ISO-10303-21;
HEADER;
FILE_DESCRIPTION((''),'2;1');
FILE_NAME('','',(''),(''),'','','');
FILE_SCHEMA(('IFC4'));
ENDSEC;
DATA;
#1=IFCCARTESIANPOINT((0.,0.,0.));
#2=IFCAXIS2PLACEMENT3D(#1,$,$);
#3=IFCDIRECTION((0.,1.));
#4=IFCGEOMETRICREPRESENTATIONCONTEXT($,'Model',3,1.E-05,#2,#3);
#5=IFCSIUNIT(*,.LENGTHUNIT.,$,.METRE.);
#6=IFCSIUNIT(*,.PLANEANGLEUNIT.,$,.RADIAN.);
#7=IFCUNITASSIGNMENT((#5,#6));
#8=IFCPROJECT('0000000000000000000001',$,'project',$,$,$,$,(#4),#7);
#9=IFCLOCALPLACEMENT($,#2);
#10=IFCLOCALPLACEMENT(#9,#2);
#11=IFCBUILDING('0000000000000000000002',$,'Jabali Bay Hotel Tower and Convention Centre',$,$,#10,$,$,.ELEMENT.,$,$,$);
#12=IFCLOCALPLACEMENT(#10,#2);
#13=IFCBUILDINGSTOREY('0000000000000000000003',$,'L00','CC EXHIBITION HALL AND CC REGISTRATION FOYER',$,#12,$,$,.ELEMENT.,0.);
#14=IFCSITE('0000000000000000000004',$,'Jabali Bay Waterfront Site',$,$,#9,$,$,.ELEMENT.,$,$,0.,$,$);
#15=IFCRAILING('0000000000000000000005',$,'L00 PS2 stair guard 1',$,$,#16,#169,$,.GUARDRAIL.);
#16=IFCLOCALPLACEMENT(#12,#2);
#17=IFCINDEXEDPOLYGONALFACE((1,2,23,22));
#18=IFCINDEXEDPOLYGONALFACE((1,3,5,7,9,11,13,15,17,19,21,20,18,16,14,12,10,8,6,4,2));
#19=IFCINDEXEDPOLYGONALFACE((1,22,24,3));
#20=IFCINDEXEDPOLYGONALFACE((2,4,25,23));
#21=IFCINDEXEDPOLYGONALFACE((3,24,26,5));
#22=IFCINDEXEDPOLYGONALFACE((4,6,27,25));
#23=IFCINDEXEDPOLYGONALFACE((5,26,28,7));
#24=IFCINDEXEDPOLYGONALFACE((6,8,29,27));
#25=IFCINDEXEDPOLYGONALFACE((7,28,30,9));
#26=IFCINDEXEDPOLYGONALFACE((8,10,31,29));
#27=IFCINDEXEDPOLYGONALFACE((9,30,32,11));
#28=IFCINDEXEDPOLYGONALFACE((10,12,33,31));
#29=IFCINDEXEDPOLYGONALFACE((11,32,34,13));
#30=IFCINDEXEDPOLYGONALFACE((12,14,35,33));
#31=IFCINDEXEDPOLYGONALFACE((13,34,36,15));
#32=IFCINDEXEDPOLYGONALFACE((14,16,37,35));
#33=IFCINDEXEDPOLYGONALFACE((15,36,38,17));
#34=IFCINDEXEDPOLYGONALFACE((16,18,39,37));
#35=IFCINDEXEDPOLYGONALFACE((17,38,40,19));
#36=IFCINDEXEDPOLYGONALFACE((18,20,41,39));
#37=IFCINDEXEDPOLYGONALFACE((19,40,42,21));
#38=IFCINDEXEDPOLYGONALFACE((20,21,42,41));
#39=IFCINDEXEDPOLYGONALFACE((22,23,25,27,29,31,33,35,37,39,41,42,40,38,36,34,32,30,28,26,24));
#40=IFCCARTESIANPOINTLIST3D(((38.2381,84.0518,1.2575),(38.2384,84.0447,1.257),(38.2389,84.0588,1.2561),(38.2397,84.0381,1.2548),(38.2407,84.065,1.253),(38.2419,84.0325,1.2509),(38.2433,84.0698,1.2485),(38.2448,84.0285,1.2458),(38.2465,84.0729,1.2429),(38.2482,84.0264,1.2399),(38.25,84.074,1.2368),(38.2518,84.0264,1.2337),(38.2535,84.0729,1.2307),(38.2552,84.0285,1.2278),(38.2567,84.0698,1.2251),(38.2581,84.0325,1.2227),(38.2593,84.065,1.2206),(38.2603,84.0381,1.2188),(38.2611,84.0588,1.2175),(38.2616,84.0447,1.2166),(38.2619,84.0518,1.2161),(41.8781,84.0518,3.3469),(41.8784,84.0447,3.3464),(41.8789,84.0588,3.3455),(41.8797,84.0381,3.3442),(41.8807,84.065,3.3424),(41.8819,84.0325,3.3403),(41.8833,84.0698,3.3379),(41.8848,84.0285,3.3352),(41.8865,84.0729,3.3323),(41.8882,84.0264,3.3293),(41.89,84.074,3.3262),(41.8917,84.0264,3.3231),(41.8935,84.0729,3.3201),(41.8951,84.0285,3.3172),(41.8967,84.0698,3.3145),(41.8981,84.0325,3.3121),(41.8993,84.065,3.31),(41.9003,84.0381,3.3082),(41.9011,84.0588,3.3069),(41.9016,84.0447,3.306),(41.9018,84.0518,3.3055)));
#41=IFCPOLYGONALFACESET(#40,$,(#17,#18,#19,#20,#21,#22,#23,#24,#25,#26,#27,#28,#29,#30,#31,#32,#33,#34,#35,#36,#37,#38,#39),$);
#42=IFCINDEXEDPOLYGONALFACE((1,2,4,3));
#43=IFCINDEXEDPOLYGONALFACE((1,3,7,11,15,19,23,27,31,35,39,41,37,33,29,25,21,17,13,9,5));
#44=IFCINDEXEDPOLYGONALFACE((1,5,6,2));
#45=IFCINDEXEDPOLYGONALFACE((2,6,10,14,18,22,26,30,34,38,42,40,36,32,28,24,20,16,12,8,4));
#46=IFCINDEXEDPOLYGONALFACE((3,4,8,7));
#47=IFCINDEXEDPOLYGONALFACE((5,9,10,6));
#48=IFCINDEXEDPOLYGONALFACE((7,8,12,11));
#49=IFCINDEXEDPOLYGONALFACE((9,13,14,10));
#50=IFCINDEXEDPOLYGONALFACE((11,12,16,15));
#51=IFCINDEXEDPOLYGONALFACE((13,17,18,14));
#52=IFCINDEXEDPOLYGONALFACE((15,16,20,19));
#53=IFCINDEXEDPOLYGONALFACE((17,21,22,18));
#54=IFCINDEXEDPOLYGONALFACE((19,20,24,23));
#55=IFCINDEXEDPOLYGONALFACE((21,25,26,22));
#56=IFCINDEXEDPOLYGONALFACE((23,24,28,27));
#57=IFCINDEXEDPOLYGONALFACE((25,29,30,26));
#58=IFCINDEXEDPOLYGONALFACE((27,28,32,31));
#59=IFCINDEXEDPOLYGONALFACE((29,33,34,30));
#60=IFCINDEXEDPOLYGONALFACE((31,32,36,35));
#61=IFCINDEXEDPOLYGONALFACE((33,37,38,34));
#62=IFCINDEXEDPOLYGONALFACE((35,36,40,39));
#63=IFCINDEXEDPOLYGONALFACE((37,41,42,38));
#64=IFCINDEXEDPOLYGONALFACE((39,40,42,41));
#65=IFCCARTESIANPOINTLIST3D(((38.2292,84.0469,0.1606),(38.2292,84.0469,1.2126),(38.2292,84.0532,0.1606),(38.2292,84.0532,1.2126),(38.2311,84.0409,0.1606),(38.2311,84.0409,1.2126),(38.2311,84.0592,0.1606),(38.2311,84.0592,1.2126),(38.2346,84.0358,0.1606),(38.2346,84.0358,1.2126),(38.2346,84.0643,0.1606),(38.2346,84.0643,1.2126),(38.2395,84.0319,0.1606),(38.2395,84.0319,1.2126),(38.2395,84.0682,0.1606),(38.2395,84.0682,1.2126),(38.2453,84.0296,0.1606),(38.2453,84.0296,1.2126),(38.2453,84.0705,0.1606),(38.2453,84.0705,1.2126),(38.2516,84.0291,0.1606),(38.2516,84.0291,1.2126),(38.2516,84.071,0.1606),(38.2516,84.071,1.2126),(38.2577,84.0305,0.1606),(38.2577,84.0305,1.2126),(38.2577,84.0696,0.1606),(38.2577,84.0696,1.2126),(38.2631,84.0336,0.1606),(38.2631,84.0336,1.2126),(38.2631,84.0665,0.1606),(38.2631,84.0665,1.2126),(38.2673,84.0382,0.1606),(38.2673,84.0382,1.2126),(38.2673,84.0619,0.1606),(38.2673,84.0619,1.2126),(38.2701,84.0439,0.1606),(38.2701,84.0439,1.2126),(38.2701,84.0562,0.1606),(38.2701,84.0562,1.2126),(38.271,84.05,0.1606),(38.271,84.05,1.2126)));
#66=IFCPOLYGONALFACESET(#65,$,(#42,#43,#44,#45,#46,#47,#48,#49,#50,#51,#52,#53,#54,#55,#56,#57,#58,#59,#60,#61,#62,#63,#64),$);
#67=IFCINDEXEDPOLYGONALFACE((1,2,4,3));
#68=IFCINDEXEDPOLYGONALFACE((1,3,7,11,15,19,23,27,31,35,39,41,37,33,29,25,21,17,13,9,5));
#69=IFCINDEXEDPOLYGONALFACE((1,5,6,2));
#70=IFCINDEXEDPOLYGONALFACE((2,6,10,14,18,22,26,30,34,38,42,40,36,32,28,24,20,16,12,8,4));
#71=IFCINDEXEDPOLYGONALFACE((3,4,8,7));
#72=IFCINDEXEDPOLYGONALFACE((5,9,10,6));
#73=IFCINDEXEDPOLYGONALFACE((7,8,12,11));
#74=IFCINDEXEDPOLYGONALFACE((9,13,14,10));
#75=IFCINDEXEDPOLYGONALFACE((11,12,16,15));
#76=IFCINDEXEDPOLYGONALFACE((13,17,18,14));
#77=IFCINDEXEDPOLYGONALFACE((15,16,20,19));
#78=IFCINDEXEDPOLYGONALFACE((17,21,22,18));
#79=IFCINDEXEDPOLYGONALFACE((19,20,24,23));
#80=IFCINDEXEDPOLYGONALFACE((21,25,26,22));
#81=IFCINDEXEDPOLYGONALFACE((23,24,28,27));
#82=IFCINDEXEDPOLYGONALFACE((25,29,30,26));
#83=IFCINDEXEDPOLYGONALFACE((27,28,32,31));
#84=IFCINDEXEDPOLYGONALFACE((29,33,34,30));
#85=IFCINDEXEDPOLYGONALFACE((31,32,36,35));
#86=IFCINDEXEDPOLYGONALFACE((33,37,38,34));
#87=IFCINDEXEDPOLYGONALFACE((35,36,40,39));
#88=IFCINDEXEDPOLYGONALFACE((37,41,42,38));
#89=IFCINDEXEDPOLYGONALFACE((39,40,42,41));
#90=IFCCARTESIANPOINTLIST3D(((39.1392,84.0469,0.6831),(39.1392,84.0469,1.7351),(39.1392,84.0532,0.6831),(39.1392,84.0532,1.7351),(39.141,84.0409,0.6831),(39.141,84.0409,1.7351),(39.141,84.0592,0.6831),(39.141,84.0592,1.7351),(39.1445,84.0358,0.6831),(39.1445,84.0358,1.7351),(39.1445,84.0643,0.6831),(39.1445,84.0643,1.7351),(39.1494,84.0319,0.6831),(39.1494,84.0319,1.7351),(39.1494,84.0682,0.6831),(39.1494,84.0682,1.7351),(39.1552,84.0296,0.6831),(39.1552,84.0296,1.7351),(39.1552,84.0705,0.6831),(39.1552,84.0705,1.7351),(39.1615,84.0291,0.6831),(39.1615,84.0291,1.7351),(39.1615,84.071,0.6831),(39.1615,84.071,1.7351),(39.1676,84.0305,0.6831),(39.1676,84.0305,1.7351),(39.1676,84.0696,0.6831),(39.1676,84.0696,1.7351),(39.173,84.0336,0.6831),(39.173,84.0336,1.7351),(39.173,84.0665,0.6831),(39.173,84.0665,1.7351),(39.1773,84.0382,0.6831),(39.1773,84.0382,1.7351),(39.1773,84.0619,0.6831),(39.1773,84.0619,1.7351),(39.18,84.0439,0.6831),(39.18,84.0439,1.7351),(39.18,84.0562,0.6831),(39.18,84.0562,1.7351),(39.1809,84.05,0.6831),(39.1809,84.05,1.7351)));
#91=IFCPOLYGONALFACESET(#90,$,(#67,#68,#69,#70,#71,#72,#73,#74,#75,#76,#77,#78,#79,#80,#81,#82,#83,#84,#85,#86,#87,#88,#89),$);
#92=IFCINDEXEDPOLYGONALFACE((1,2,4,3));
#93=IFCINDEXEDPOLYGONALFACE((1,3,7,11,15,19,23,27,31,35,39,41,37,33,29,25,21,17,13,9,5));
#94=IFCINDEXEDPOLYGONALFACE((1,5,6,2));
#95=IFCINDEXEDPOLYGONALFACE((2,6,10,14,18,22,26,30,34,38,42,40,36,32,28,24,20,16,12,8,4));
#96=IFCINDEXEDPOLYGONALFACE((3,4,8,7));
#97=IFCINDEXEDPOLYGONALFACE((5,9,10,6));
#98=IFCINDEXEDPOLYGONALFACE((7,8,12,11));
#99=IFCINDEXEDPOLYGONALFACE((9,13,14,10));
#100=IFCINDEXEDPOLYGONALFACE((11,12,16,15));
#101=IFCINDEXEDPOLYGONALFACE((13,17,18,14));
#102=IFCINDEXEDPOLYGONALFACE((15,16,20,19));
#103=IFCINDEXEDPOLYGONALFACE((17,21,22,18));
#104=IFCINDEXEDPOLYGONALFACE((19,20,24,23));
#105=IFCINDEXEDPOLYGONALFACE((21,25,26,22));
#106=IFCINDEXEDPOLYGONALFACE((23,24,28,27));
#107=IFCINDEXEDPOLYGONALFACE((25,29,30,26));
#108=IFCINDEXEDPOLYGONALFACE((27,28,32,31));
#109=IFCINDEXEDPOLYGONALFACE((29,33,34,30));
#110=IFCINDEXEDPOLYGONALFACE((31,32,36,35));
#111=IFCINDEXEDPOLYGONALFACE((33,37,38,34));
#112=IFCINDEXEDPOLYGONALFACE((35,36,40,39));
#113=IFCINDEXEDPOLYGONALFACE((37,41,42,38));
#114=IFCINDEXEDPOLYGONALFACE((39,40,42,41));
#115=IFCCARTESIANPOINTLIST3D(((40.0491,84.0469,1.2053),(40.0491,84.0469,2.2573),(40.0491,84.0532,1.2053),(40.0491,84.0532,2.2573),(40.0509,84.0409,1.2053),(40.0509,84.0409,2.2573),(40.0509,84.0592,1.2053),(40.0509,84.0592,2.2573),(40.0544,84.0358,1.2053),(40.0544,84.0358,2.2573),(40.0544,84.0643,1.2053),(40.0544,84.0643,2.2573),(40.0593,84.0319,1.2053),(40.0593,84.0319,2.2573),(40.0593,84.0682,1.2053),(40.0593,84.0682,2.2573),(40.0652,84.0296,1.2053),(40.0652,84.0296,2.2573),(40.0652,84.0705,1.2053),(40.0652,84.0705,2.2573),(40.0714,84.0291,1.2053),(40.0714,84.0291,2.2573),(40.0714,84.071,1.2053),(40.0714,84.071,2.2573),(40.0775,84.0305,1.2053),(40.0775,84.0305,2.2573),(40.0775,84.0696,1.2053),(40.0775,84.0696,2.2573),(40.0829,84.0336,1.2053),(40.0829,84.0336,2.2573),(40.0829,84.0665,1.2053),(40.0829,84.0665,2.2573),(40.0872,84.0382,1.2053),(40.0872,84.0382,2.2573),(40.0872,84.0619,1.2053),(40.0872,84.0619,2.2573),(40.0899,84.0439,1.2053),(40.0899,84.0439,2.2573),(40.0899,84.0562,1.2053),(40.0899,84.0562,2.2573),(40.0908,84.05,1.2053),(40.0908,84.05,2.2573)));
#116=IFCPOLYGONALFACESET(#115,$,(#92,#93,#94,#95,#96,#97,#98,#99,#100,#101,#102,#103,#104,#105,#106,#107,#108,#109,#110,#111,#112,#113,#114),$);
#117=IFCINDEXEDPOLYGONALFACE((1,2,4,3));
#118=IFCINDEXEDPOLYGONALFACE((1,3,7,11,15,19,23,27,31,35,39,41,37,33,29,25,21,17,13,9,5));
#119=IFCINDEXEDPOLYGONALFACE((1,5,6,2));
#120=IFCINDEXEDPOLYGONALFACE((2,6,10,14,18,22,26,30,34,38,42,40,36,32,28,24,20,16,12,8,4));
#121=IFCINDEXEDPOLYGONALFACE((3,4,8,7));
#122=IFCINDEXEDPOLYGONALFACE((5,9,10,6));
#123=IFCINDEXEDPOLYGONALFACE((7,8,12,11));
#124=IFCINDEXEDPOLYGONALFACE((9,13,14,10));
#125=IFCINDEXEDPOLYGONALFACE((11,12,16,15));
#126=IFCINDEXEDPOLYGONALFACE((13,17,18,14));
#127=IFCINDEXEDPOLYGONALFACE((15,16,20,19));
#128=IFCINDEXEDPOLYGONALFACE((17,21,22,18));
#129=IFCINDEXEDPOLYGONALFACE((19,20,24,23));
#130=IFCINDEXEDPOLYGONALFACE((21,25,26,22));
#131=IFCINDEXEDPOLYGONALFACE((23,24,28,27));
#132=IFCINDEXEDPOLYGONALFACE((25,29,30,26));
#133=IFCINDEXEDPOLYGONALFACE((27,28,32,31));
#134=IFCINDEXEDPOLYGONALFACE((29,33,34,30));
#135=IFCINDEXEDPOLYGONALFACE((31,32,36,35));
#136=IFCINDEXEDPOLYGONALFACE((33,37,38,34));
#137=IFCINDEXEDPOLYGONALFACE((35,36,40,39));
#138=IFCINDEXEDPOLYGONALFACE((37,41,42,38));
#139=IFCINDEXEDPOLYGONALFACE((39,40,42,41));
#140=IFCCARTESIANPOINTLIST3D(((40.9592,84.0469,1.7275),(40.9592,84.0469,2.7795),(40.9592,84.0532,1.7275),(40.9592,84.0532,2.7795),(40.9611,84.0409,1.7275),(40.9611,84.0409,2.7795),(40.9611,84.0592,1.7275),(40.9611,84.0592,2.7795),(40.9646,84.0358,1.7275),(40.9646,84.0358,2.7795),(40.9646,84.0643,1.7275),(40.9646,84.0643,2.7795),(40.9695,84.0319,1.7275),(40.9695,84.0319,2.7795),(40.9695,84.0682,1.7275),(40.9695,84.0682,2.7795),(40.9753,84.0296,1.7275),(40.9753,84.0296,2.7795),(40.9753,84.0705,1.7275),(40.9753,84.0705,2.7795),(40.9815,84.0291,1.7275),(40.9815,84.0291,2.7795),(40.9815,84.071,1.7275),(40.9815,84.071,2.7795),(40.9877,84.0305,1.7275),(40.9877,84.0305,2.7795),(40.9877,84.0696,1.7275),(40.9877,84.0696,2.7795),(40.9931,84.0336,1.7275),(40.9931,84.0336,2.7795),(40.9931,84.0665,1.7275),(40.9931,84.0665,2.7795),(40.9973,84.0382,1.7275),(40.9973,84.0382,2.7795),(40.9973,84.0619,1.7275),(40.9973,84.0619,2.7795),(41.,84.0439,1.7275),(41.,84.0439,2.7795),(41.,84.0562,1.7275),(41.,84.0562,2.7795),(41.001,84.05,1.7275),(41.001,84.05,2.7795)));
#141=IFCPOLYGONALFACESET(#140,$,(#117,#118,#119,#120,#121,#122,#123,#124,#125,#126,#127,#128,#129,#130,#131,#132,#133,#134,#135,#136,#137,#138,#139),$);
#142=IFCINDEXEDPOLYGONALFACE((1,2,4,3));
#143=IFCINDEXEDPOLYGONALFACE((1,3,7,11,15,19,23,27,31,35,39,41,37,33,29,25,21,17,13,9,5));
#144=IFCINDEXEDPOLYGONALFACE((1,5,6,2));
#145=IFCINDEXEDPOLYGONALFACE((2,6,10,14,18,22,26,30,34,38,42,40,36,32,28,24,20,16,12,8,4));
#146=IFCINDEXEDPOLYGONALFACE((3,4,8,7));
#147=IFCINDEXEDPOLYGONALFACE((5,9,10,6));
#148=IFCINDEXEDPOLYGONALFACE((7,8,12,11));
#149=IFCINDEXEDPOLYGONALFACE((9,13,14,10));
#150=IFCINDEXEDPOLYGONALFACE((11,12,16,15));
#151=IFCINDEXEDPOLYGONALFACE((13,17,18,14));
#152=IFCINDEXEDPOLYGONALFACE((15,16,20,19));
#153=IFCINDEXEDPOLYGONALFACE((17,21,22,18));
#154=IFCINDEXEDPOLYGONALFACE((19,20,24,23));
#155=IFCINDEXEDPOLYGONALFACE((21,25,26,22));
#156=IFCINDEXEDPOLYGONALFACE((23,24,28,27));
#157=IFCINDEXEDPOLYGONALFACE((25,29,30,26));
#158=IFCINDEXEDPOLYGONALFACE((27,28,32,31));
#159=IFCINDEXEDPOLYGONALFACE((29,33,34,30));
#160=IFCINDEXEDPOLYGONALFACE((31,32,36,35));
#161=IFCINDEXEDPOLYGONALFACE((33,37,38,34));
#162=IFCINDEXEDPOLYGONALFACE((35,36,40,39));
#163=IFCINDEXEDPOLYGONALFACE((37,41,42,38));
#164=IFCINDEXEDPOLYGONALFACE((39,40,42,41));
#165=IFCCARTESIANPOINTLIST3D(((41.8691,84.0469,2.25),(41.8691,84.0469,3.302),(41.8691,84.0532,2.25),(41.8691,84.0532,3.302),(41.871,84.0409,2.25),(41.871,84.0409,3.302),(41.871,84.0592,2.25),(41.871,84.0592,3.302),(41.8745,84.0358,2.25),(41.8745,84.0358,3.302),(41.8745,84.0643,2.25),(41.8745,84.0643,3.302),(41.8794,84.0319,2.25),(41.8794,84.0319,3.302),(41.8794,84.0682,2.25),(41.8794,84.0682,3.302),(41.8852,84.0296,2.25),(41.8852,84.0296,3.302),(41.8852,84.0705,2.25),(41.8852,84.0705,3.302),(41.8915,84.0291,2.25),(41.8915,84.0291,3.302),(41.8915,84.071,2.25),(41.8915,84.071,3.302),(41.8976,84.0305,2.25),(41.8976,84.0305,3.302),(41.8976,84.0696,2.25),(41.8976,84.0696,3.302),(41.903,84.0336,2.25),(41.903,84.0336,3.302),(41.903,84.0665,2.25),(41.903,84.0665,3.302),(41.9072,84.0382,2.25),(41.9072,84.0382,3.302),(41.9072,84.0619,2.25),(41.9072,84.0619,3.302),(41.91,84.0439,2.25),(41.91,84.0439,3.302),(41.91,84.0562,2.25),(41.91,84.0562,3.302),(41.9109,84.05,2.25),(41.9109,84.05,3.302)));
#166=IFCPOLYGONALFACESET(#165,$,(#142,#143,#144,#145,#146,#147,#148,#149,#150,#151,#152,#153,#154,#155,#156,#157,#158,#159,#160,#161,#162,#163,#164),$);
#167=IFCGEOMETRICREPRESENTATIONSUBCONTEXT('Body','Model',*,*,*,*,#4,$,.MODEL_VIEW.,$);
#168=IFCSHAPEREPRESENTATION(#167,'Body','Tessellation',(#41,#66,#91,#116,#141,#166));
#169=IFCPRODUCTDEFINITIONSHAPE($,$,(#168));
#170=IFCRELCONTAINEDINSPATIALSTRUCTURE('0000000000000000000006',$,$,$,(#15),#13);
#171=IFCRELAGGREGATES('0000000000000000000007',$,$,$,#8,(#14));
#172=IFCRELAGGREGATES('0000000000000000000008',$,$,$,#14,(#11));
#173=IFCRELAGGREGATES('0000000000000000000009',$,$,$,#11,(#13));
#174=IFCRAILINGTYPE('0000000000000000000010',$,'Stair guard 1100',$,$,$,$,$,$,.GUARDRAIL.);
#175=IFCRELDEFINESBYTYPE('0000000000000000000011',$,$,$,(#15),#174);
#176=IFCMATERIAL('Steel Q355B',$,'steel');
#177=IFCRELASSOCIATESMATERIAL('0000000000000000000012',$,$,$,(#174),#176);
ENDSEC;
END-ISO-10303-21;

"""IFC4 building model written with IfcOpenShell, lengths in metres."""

from ifc_helpers import new_model, si_unit, direction, frame, origin, origin_2d, place, context, subcontext, project, spatial, circle, extrude, material, type_object, element, save


model = new_model("IFC4")

# Units and contexts
model_context = context("Model", 3, precision=1e-05, world=origin(), true_north=direction((0.0, 1.0)))
body_context = subcontext(model_context, "Body", "Model", "MODEL_VIEW")
ifc_project = project(units=[si_unit("LENGTHUNIT", "METRE"), si_unit("PLANEANGLEUNIT", "RADIAN")], contexts=[model_context])

# Site, building, storey
site_placement = place(None, origin())
site = spatial("IfcSite", under=ifc_project, at=site_placement, Name="Jabali Bay Waterfront Site", CompositionType="ELEMENT", RefElevation=0.0)
building_placement = place(site_placement, origin())
building = spatial("IfcBuilding", under=site, at=building_placement, Name="Jabali Bay Hotel Tower and Convention Centre", CompositionType="ELEMENT")
storey_placement = place(building_placement, origin())
storey = spatial("IfcBuildingStorey", under=building, at=storey_placement, Name="L00", Description="CC EXHIBITION HALL AND CC REGISTRATION FOYER", CompositionType="ELEMENT", Elevation=0.0)

# Railing
ifc_material_1 = material(Name="Steel Q355B", Category="steel")
railing_type_1 = type_object("IfcRailingType", Name="Stair guard 1100", PredefinedType="GUARDRAIL", material=ifc_material_1)
railing_1_placement = place(storey_placement, frame((38.25, 84.05, 0.1606)))
element("IfcRailing", 1, at=railing_1_placement, inside=storey, type_object=railing_type_1, Name="L00 PS2 stair guard 1", PredefinedType="GUARDRAIL", context=body_context, shape_type="SweptSolid", body=[
    extrude(circle(Radius=0.0239, at=origin_2d()), frame((0.0, 0.0, 1.0762), z_axis=(0.867275, 0.0, 0.497829), x_axis=(0.0, 1.0, 0.0)), (0.0, 0.0, 1.0), 4.197),
    extrude(circle(Radius=0.021, at=origin_2d()), origin(), (0.0, 0.0, 1.0), 1.052),
    extrude(circle(Radius=0.021, at=origin_2d()), frame((0.9099, 0.0, 0.5225)), (0.0, 0.0, 1.0), 1.052),
    extrude(circle(Radius=0.021, at=origin_2d()), frame((1.8198, 0.0, 1.0447)), (0.0, 0.0, 1.0), 1.052),
    extrude(circle(Radius=0.021, at=origin_2d()), frame((2.73, 0.0, 1.5669)), (0.0, 0.0, 1.0), 1.052),
    extrude(circle(Radius=0.021, at=origin_2d()), frame((3.6399, 0.0, 2.0894)), (0.0, 0.0, 1.0), 1.052),
])

save(model, "model.ifc")
